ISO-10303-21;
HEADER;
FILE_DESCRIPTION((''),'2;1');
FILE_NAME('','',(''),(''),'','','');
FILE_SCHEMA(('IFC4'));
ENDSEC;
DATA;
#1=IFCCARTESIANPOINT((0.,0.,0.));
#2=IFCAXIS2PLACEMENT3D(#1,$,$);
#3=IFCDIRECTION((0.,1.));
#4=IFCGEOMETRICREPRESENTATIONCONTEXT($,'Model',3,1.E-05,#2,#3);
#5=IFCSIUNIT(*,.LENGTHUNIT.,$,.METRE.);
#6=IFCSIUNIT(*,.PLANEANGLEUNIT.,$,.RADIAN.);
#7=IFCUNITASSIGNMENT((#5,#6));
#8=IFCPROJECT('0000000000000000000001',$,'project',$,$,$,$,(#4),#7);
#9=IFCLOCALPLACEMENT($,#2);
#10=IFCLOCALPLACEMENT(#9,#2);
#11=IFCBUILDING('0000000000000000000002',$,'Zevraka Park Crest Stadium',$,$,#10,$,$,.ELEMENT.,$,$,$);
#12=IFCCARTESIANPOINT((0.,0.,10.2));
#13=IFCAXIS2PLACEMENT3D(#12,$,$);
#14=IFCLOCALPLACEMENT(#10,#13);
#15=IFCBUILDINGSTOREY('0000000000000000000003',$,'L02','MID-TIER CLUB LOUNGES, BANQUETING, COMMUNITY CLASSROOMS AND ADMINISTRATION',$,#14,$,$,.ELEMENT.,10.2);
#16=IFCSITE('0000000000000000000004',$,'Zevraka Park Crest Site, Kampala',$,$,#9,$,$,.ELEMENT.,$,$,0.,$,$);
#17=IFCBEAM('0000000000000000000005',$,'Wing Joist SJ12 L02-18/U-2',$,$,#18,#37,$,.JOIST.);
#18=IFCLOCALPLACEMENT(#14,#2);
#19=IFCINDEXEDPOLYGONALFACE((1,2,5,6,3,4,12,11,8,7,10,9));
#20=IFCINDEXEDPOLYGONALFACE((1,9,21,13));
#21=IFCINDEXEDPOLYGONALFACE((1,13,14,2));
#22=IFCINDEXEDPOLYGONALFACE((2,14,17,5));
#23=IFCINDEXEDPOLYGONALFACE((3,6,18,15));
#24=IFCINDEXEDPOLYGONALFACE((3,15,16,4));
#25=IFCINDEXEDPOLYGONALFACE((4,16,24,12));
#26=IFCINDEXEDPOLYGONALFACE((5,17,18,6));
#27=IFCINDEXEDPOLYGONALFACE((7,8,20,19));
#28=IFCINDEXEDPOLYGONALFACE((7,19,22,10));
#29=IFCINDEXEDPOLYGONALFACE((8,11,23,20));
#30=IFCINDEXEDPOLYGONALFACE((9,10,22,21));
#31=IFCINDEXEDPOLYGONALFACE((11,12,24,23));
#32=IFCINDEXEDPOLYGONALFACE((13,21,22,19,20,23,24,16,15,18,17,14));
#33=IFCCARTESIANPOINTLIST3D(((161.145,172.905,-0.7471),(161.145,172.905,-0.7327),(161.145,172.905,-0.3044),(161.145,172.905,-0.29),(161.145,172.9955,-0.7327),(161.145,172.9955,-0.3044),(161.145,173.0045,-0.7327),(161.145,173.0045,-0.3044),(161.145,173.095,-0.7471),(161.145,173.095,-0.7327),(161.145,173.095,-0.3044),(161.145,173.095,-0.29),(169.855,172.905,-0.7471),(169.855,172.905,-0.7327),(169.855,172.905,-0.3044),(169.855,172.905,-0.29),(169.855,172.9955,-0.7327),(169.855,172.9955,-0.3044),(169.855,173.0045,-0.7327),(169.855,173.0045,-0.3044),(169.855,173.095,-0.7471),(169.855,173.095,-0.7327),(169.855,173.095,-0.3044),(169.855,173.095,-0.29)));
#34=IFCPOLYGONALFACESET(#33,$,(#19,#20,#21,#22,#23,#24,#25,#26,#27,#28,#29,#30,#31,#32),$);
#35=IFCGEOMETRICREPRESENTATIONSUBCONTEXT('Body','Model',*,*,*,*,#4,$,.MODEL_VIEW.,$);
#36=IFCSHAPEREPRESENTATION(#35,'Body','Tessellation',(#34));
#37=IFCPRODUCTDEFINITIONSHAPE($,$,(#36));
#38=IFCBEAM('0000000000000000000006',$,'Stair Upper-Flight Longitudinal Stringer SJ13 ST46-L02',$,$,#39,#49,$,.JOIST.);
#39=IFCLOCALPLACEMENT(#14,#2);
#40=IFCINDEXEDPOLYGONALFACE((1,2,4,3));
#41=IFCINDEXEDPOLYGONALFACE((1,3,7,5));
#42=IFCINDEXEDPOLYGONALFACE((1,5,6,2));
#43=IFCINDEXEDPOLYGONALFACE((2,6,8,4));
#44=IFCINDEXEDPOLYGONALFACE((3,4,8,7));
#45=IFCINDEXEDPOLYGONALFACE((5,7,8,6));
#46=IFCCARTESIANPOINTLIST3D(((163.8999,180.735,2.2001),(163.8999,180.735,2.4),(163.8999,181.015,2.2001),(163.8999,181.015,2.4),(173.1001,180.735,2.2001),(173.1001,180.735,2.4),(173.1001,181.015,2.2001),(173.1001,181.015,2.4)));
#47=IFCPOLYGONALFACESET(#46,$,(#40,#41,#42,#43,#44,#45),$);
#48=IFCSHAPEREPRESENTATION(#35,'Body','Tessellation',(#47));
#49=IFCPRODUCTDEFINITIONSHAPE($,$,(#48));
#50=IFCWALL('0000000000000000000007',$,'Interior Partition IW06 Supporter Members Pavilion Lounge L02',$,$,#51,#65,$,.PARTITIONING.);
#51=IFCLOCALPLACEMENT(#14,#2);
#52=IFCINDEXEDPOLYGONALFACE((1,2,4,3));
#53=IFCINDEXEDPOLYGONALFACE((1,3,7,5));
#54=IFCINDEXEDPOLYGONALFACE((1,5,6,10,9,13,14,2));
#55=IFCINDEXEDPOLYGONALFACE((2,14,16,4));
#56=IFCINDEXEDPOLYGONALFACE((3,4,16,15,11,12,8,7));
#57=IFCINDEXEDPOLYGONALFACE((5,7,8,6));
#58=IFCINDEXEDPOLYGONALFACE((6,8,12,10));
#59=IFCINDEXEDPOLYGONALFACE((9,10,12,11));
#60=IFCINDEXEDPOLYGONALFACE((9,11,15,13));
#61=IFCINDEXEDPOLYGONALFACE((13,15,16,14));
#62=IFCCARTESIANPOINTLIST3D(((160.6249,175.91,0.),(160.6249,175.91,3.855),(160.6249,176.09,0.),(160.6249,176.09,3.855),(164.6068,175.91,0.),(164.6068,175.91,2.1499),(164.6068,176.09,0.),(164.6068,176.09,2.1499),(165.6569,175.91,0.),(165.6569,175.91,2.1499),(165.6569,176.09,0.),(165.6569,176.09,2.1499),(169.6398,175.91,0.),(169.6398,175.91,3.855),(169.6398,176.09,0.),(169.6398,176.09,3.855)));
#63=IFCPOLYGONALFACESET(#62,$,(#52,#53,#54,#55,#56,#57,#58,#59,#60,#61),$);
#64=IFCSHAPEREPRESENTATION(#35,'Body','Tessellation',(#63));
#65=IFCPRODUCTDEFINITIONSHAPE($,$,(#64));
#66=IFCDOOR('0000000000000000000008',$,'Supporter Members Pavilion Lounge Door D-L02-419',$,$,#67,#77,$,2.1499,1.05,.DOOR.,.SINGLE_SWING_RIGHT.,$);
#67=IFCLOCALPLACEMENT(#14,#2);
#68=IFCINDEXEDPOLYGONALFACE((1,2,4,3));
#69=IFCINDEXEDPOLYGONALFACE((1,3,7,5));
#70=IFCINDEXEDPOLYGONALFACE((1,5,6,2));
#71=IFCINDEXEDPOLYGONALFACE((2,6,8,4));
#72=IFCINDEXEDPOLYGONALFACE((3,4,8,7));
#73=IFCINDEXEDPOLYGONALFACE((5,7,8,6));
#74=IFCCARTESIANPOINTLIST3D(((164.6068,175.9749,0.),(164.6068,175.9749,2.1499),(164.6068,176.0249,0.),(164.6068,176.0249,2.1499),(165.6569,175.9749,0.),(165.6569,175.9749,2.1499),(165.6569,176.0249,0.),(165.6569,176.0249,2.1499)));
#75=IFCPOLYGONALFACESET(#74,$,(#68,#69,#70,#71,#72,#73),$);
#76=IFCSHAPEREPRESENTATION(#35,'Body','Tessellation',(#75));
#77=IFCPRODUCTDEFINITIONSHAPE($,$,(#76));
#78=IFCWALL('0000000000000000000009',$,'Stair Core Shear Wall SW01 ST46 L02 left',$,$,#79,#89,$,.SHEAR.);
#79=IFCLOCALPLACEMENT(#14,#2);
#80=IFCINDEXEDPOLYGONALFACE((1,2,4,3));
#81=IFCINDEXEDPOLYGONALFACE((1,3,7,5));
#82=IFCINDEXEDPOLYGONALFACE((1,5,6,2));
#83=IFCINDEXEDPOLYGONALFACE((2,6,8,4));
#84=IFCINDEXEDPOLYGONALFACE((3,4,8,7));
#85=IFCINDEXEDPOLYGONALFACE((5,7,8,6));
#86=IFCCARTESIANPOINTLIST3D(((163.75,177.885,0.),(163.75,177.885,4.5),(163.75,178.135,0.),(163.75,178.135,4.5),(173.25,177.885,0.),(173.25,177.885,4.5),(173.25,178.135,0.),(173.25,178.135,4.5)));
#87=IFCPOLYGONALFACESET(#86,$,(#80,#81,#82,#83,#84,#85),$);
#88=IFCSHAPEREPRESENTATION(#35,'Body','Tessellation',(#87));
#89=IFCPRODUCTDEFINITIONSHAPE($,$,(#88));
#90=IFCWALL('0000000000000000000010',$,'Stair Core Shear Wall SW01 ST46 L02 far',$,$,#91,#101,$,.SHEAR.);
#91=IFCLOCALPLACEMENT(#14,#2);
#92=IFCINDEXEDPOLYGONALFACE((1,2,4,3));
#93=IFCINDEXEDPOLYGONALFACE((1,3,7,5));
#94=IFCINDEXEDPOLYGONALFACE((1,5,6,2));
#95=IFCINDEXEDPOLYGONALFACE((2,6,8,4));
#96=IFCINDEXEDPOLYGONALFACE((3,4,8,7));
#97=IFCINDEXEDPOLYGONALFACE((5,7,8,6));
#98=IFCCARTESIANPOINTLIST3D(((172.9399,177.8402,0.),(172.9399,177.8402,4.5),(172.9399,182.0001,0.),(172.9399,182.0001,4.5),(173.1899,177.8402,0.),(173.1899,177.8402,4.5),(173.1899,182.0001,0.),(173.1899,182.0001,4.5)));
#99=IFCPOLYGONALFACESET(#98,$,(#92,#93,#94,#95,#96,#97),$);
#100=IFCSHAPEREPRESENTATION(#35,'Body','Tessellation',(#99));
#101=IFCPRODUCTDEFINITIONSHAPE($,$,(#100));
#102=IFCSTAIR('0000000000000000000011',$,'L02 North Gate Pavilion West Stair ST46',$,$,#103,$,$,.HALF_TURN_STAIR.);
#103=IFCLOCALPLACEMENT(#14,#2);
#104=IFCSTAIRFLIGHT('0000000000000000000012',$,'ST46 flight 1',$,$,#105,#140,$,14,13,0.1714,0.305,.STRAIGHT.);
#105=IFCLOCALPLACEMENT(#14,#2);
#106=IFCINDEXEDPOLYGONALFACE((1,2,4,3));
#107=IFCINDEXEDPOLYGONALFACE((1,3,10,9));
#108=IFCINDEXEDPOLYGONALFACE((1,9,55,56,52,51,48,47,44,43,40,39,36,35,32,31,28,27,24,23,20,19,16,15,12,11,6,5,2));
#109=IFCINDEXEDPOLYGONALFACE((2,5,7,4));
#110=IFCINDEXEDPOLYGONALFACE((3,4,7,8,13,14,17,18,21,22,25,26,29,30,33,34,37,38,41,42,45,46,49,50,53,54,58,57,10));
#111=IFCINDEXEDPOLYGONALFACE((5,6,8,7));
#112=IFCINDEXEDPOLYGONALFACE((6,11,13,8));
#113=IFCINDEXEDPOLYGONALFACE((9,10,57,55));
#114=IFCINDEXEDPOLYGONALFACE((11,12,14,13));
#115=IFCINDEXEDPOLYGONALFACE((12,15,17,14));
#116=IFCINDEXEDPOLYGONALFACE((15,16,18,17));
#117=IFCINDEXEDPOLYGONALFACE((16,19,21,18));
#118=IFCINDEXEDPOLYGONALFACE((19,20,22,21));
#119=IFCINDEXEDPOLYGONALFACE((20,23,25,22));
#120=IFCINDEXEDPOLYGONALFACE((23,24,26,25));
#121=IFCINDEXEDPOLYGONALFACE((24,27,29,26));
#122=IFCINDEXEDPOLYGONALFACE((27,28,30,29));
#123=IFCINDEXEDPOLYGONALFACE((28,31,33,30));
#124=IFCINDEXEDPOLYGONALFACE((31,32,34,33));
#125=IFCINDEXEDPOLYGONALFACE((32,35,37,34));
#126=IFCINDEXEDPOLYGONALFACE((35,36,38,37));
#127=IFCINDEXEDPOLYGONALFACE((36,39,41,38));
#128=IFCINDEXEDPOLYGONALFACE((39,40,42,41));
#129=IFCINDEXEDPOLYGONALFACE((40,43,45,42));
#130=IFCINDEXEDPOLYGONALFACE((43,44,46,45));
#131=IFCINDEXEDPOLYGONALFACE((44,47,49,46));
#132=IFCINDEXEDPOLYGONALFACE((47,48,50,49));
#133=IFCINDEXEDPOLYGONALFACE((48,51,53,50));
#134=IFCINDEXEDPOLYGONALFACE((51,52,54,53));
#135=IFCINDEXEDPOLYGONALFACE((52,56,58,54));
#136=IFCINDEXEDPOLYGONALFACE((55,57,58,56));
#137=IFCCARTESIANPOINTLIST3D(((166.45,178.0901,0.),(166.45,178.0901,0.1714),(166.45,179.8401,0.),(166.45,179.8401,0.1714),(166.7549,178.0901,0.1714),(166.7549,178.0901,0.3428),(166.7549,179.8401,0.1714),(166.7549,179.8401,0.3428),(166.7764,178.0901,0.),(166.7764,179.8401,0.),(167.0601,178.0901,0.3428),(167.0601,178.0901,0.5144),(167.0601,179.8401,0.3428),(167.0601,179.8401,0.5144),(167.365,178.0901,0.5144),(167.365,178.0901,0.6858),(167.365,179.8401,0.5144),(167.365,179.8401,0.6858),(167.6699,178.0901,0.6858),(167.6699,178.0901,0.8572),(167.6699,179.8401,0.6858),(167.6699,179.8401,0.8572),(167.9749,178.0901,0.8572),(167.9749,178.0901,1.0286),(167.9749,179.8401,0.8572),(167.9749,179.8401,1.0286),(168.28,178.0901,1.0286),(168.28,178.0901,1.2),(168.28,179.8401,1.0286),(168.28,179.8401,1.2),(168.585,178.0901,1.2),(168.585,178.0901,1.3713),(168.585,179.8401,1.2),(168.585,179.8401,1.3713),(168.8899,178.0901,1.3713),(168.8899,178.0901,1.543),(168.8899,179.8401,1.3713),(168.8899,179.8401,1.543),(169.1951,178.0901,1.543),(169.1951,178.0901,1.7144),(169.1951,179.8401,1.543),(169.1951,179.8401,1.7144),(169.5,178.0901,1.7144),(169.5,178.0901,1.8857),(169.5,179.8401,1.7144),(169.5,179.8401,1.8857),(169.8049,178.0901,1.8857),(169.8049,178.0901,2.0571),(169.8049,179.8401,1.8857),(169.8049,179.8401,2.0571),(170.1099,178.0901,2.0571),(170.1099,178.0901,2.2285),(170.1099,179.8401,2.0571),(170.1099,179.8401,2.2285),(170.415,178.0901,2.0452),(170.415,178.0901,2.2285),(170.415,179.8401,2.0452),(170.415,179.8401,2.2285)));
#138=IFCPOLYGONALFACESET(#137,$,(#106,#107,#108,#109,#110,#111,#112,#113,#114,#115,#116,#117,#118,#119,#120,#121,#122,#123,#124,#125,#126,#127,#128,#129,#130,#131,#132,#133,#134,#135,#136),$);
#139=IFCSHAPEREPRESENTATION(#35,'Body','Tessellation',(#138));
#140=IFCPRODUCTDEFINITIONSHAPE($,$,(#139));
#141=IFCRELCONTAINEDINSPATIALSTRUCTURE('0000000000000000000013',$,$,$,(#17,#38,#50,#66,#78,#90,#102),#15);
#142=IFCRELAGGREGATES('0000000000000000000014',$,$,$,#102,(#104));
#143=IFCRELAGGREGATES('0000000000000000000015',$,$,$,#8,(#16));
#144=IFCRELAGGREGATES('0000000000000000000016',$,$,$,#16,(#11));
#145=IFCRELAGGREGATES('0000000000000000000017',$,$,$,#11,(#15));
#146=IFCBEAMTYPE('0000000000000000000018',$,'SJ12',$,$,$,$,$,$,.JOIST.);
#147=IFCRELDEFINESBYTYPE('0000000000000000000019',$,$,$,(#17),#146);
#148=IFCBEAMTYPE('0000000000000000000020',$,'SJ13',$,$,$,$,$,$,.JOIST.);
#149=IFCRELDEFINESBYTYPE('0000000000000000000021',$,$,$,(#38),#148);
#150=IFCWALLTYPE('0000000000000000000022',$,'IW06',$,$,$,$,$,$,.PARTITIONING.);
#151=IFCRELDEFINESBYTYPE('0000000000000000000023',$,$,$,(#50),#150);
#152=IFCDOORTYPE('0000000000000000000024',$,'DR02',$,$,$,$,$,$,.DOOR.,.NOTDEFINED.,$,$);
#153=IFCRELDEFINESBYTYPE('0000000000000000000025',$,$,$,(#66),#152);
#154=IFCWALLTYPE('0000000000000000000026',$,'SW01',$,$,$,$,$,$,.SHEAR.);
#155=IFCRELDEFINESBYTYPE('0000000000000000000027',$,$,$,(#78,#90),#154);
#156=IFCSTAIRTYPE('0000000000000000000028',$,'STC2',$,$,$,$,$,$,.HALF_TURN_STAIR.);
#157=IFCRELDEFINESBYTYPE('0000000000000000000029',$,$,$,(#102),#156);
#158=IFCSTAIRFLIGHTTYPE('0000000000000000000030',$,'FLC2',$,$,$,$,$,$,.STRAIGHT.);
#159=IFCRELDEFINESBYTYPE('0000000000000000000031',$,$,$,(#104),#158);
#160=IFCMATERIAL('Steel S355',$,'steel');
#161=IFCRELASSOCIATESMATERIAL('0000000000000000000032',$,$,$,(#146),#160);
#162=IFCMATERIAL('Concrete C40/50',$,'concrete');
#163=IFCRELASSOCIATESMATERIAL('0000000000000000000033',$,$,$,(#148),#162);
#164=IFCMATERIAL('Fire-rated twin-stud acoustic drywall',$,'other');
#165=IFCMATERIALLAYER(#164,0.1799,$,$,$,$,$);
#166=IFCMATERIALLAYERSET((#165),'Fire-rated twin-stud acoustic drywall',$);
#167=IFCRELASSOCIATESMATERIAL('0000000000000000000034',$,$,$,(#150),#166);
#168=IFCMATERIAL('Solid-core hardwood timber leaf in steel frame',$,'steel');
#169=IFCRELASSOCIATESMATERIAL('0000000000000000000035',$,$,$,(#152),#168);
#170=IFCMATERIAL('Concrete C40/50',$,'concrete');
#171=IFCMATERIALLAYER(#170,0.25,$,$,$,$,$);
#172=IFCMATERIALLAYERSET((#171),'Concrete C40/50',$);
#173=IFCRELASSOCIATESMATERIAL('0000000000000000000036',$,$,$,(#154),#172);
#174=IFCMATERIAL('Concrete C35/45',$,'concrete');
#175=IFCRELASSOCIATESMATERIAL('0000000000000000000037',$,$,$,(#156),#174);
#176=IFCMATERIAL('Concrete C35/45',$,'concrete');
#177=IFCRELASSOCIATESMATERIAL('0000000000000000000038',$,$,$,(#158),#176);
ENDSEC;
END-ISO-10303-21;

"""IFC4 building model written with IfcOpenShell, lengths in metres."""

from ifc_helpers import new_model, si_unit, direction, frame, frame_2d, origin, origin_2d, place, context, subcontext, project, spatial, polyline, rectangle, i_section, outline, extrude, material, layer, layer_set, material_profile, profile_set, type_object, element, fill, aggregate, save


model = new_model("IFC4")

# Units and contexts
model_context = context("Model", 3, precision=1e-05, world=origin(), true_north=direction((0.0, 1.0)))
body_context = subcontext(model_context, "Body", "Model", "MODEL_VIEW")
ifc_project = project(units=[si_unit("LENGTHUNIT", "METRE"), si_unit("PLANEANGLEUNIT", "RADIAN")], contexts=[model_context])

# Site, building, storey
site_placement = place(None, origin())
site = spatial("IfcSite", under=ifc_project, at=site_placement, Name="Zevraka Park Crest Site, Kampala", CompositionType="ELEMENT", RefElevation=0.0)
building_placement = place(site_placement, origin())
building = spatial("IfcBuilding", under=site, at=building_placement, Name="Zevraka Park Crest Stadium", CompositionType="ELEMENT")
storey_placement = place(building_placement, frame((0.0, 0.0, 10.2)))
storey = spatial("IfcBuildingStorey", under=building, at=storey_placement, Name="L02", Description="MID-TIER CLUB LOUNGES, BANQUETING, COMMUNITY CLASSROOMS AND ADMINISTRATION", CompositionType="ELEMENT", Elevation=10.2)

# Beams
ifc_material_1 = material(Name="Steel S355", Category="steel")
ifc_material_profile_1 = material_profile(ifc_material_1, i_section(OverallWidth=0.1899, OverallDepth=0.457, WebThickness=0.009, FlangeThickness=0.0144, at=origin_2d()), Name="UKB 457x191x74")
ifc_profile_set_1 = profile_set([ifc_material_profile_1], Name="Steel S355")
beam_type_1 = type_object("IfcBeamType", Name="SJ12", PredefinedType="JOIST", material=ifc_profile_set_1)
for number, where, z_axis, x_axis, name in (
    (1, (161.145, 173.0, -0.5186), (1.0, 0.0, 0.0), (0.0, 1.0, 0.0), "Wing Joist SJ12 L02-18/U-2"),
):
    element("IfcBeam", number, at=place(storey_placement, frame(where, z_axis=z_axis, x_axis=x_axis)), inside=storey, type_object=beam_type_1, Name=name, PredefinedType="JOIST", context=body_context, shape_type="SweptSolid", body=[
        extrude(i_section(OverallWidth=0.1899, OverallDepth=0.457, WebThickness=0.009, FlangeThickness=0.0144, at=origin_2d()), origin(), (0.0, 0.0, 1.0), 8.71),
    ])
ifc_material_2 = material(Name="Concrete C40/50", Category="concrete")
ifc_material_profile_2 = material_profile(ifc_material_2, rectangle(XDim=0.28, YDim=0.2, at=origin_2d()), Name="RC 200x280")
ifc_profile_set_2 = profile_set([ifc_material_profile_2], Name="Concrete C40/50")
beam_type_2 = type_object("IfcBeamType", Name="SJ13", PredefinedType="JOIST", material=ifc_profile_set_2)
beam_1_placement = place(storey_placement, frame((163.8999, 180.875, 2.3), z_axis=(1.0, 0.0, 0.0), x_axis=(0.0, 1.0, 0.0)))
element("IfcBeam", 2, at=beam_1_placement, inside=storey, type_object=beam_type_2, Name="Stair Upper-Flight Longitudinal Stringer SJ13 ST46-L02", PredefinedType="JOIST", context=body_context, shape_type="SweptSolid", body=[
    extrude(rectangle(XDim=0.28, YDim=0.2, at=origin_2d()), origin(), (0.0, 0.0, 1.0), 9.2002),
])

# Wall, opening, door
ifc_material_3 = material(Name="Fire-rated twin-stud acoustic drywall", Category="other")
ifc_layer_1 = layer(ifc_material_3, 0.1799)
ifc_layer_set_1 = layer_set([ifc_layer_1], Name="Fire-rated twin-stud acoustic drywall")
wall_type_1 = type_object("IfcWallType", Name="IW06", PredefinedType="PARTITIONING", material=ifc_layer_set_1)
wall_1_placement = place(storey_placement, frame((160.625, 176.0, 0.0), z_axis=(0.0, 0.0, 1.0), x_axis=(1.0, 0.0, 0.0)))
wall_1 = element("IfcWall", 3, at=wall_1_placement, inside=storey, type_object=wall_type_1, Name="Interior Partition IW06 Supporter Members Pavilion Lounge L02", PredefinedType="PARTITIONING", context=body_context, shape_type="SweptSolid", body=[
    extrude(rectangle(XDim=9.0149, YDim=0.1799, at=frame_2d((4.5073, 0.0))), origin(), (0.0, 0.0, 1.0), 3.855),
])
opening_placement = place(wall_1_placement, frame((3.9819, 0.0, 0.0)))
opening = element("IfcOpeningElement", 4, at=opening_placement, cuts=wall_1, PredefinedType="OPENING", context=body_context, shape_type="SweptSolid", body=[
    extrude(rectangle(XDim=1.05, YDim=2.1499, at=frame_2d((0.5249, 1.075))), frame((0.0, 0.0999, 0.0), z_axis=(0.0, -1.0, 0.0), x_axis=(1.0, 0.0, 0.0)), (0.0, 0.0, 1.0), 0.2),
])
ifc_material_4 = material(Name="Solid-core hardwood timber leaf in steel frame", Category="steel")
door_type = type_object("IfcDoorType", Name="DR02", OperationType="NOTDEFINED", PredefinedType="DOOR", material=ifc_material_4)
door_placement = place(opening_placement, origin())
door = element("IfcDoor", 5, at=door_placement, inside=storey, type_object=door_type, Name="Supporter Members Pavilion Lounge Door D-L02-419", OperationType="SINGLE_SWING_RIGHT", OverallHeight=2.1499, OverallWidth=1.05, PredefinedType="DOOR", context=body_context, shape_type="SweptSolid", body=[
    extrude(rectangle(XDim=1.05, YDim=2.1499, at=frame_2d((0.5249, 1.075))), frame((0.0, 0.0249, 0.0), z_axis=(0.0, -1.0, 0.0), x_axis=(1.0, 0.0, 0.0)), (0.0, 0.0, 1.0), 0.05),
])
fill(opening, door)

# Walls
ifc_material_5 = material(Name="Concrete C40/50", Category="concrete")
ifc_layer_2 = layer(ifc_material_5, 0.25)
ifc_layer_set_2 = layer_set([ifc_layer_2], Name="Concrete C40/50")
wall_type_2 = type_object("IfcWallType", Name="SW01", PredefinedType="SHEAR", material=ifc_layer_set_2)
wall_2_placement = place(storey_placement, frame((163.75, 178.01, 0.0), z_axis=(0.0, 0.0, 1.0), x_axis=(1.0, 0.0, 0.0)))
element("IfcWall", 6, at=wall_2_placement, inside=storey, type_object=wall_type_2, Name="Stair Core Shear Wall SW01 ST46 L02 left", PredefinedType="SHEAR", context=body_context, shape_type="SweptSolid", body=[
    extrude(rectangle(XDim=9.5, YDim=0.25, at=frame_2d((4.75, 0.0))), origin(), (0.0, 0.0, 1.0), 4.5),
])
wall_3_placement = place(storey_placement, frame((173.0649, 177.8401, 0.0), z_axis=(0.0, 0.0, 1.0), x_axis=(0.0, 1.0, 0.0)))
element("IfcWall", 7, at=wall_3_placement, inside=storey, type_object=wall_type_2, Name="Stair Core Shear Wall SW01 ST46 L02 far", PredefinedType="SHEAR", context=body_context, shape_type="SweptSolid", body=[
    extrude(rectangle(XDim=4.1599, YDim=0.25, at=frame_2d((2.0801, 0.0))), origin(), (0.0, 0.0, 1.0), 4.5),
])

# Stair, stair flight
ifc_material_6 = material(Name="Concrete C35/45", Category="concrete")
stair_type = type_object("IfcStairType", Name="STC2", PredefinedType="HALF_TURN_STAIR", material=ifc_material_6)
stair_placement = place(storey_placement, origin())
stair = element("IfcStair", 8, at=stair_placement, inside=storey, type_object=stair_type, Name="L02 North Gate Pavilion West Stair ST46", PredefinedType="HALF_TURN_STAIR")
ifc_material_7 = material(Name="Concrete C35/45", Category="concrete")
stair_flight_type = type_object("IfcStairFlightType", Name="FLC2", PredefinedType="STRAIGHT", material=ifc_material_7)
stair_flight_placement = place(storey_placement, frame((166.45, 178.9651, 0.0), z_axis=(0.0, 0.0, 1.0), x_axis=(1.0, 0.0, 0.0)))
stair_flight = element("IfcStairFlight", 9, at=stair_flight_placement, type_object=stair_flight_type, Name="ST46 flight 1", NumberOfRisers=14, NumberOfTreads=13, PredefinedType="STRAIGHT", RiserHeight=0.1714, TreadLength=0.305, context=body_context, shape_type="SweptSolid", body=[
    extrude(outline(polyline([(0.0, 0.0), (0.0, 0.1714), (0.3049, 0.1714), (0.3049, 0.3428), (0.6101, 0.3428), (0.6101, 0.5144), (0.915, 0.5144), (0.915, 0.6858), (1.22, 0.6858), (1.22, 0.8572), (1.5249, 0.8572), (1.5249, 1.0286), (1.8301, 1.0286), (1.8301, 1.2), (2.135, 1.2), (2.135, 1.3713), (2.4399, 1.3713), (2.4399, 1.543), (2.7451, 1.543), (2.7451, 1.7144), (3.05, 1.7144), (3.05, 1.8857), (3.355, 1.8857), (3.355, 2.0571), (3.6599, 2.0571), (3.6599, 2.2285), (3.9651, 2.2285), (3.9651, 2.3999), (3.9651, 2.0452), (0.3264, 0.0), (0.0, 0.0)])), frame((0.0, 0.875, 0.0), z_axis=(0.0, -1.0, 0.0), x_axis=(1.0, 0.0, 0.0)), (0.0, 0.0, 1.0), 1.75),
])
aggregate(stair, [stair_flight])

save(model, "model.ifc")
